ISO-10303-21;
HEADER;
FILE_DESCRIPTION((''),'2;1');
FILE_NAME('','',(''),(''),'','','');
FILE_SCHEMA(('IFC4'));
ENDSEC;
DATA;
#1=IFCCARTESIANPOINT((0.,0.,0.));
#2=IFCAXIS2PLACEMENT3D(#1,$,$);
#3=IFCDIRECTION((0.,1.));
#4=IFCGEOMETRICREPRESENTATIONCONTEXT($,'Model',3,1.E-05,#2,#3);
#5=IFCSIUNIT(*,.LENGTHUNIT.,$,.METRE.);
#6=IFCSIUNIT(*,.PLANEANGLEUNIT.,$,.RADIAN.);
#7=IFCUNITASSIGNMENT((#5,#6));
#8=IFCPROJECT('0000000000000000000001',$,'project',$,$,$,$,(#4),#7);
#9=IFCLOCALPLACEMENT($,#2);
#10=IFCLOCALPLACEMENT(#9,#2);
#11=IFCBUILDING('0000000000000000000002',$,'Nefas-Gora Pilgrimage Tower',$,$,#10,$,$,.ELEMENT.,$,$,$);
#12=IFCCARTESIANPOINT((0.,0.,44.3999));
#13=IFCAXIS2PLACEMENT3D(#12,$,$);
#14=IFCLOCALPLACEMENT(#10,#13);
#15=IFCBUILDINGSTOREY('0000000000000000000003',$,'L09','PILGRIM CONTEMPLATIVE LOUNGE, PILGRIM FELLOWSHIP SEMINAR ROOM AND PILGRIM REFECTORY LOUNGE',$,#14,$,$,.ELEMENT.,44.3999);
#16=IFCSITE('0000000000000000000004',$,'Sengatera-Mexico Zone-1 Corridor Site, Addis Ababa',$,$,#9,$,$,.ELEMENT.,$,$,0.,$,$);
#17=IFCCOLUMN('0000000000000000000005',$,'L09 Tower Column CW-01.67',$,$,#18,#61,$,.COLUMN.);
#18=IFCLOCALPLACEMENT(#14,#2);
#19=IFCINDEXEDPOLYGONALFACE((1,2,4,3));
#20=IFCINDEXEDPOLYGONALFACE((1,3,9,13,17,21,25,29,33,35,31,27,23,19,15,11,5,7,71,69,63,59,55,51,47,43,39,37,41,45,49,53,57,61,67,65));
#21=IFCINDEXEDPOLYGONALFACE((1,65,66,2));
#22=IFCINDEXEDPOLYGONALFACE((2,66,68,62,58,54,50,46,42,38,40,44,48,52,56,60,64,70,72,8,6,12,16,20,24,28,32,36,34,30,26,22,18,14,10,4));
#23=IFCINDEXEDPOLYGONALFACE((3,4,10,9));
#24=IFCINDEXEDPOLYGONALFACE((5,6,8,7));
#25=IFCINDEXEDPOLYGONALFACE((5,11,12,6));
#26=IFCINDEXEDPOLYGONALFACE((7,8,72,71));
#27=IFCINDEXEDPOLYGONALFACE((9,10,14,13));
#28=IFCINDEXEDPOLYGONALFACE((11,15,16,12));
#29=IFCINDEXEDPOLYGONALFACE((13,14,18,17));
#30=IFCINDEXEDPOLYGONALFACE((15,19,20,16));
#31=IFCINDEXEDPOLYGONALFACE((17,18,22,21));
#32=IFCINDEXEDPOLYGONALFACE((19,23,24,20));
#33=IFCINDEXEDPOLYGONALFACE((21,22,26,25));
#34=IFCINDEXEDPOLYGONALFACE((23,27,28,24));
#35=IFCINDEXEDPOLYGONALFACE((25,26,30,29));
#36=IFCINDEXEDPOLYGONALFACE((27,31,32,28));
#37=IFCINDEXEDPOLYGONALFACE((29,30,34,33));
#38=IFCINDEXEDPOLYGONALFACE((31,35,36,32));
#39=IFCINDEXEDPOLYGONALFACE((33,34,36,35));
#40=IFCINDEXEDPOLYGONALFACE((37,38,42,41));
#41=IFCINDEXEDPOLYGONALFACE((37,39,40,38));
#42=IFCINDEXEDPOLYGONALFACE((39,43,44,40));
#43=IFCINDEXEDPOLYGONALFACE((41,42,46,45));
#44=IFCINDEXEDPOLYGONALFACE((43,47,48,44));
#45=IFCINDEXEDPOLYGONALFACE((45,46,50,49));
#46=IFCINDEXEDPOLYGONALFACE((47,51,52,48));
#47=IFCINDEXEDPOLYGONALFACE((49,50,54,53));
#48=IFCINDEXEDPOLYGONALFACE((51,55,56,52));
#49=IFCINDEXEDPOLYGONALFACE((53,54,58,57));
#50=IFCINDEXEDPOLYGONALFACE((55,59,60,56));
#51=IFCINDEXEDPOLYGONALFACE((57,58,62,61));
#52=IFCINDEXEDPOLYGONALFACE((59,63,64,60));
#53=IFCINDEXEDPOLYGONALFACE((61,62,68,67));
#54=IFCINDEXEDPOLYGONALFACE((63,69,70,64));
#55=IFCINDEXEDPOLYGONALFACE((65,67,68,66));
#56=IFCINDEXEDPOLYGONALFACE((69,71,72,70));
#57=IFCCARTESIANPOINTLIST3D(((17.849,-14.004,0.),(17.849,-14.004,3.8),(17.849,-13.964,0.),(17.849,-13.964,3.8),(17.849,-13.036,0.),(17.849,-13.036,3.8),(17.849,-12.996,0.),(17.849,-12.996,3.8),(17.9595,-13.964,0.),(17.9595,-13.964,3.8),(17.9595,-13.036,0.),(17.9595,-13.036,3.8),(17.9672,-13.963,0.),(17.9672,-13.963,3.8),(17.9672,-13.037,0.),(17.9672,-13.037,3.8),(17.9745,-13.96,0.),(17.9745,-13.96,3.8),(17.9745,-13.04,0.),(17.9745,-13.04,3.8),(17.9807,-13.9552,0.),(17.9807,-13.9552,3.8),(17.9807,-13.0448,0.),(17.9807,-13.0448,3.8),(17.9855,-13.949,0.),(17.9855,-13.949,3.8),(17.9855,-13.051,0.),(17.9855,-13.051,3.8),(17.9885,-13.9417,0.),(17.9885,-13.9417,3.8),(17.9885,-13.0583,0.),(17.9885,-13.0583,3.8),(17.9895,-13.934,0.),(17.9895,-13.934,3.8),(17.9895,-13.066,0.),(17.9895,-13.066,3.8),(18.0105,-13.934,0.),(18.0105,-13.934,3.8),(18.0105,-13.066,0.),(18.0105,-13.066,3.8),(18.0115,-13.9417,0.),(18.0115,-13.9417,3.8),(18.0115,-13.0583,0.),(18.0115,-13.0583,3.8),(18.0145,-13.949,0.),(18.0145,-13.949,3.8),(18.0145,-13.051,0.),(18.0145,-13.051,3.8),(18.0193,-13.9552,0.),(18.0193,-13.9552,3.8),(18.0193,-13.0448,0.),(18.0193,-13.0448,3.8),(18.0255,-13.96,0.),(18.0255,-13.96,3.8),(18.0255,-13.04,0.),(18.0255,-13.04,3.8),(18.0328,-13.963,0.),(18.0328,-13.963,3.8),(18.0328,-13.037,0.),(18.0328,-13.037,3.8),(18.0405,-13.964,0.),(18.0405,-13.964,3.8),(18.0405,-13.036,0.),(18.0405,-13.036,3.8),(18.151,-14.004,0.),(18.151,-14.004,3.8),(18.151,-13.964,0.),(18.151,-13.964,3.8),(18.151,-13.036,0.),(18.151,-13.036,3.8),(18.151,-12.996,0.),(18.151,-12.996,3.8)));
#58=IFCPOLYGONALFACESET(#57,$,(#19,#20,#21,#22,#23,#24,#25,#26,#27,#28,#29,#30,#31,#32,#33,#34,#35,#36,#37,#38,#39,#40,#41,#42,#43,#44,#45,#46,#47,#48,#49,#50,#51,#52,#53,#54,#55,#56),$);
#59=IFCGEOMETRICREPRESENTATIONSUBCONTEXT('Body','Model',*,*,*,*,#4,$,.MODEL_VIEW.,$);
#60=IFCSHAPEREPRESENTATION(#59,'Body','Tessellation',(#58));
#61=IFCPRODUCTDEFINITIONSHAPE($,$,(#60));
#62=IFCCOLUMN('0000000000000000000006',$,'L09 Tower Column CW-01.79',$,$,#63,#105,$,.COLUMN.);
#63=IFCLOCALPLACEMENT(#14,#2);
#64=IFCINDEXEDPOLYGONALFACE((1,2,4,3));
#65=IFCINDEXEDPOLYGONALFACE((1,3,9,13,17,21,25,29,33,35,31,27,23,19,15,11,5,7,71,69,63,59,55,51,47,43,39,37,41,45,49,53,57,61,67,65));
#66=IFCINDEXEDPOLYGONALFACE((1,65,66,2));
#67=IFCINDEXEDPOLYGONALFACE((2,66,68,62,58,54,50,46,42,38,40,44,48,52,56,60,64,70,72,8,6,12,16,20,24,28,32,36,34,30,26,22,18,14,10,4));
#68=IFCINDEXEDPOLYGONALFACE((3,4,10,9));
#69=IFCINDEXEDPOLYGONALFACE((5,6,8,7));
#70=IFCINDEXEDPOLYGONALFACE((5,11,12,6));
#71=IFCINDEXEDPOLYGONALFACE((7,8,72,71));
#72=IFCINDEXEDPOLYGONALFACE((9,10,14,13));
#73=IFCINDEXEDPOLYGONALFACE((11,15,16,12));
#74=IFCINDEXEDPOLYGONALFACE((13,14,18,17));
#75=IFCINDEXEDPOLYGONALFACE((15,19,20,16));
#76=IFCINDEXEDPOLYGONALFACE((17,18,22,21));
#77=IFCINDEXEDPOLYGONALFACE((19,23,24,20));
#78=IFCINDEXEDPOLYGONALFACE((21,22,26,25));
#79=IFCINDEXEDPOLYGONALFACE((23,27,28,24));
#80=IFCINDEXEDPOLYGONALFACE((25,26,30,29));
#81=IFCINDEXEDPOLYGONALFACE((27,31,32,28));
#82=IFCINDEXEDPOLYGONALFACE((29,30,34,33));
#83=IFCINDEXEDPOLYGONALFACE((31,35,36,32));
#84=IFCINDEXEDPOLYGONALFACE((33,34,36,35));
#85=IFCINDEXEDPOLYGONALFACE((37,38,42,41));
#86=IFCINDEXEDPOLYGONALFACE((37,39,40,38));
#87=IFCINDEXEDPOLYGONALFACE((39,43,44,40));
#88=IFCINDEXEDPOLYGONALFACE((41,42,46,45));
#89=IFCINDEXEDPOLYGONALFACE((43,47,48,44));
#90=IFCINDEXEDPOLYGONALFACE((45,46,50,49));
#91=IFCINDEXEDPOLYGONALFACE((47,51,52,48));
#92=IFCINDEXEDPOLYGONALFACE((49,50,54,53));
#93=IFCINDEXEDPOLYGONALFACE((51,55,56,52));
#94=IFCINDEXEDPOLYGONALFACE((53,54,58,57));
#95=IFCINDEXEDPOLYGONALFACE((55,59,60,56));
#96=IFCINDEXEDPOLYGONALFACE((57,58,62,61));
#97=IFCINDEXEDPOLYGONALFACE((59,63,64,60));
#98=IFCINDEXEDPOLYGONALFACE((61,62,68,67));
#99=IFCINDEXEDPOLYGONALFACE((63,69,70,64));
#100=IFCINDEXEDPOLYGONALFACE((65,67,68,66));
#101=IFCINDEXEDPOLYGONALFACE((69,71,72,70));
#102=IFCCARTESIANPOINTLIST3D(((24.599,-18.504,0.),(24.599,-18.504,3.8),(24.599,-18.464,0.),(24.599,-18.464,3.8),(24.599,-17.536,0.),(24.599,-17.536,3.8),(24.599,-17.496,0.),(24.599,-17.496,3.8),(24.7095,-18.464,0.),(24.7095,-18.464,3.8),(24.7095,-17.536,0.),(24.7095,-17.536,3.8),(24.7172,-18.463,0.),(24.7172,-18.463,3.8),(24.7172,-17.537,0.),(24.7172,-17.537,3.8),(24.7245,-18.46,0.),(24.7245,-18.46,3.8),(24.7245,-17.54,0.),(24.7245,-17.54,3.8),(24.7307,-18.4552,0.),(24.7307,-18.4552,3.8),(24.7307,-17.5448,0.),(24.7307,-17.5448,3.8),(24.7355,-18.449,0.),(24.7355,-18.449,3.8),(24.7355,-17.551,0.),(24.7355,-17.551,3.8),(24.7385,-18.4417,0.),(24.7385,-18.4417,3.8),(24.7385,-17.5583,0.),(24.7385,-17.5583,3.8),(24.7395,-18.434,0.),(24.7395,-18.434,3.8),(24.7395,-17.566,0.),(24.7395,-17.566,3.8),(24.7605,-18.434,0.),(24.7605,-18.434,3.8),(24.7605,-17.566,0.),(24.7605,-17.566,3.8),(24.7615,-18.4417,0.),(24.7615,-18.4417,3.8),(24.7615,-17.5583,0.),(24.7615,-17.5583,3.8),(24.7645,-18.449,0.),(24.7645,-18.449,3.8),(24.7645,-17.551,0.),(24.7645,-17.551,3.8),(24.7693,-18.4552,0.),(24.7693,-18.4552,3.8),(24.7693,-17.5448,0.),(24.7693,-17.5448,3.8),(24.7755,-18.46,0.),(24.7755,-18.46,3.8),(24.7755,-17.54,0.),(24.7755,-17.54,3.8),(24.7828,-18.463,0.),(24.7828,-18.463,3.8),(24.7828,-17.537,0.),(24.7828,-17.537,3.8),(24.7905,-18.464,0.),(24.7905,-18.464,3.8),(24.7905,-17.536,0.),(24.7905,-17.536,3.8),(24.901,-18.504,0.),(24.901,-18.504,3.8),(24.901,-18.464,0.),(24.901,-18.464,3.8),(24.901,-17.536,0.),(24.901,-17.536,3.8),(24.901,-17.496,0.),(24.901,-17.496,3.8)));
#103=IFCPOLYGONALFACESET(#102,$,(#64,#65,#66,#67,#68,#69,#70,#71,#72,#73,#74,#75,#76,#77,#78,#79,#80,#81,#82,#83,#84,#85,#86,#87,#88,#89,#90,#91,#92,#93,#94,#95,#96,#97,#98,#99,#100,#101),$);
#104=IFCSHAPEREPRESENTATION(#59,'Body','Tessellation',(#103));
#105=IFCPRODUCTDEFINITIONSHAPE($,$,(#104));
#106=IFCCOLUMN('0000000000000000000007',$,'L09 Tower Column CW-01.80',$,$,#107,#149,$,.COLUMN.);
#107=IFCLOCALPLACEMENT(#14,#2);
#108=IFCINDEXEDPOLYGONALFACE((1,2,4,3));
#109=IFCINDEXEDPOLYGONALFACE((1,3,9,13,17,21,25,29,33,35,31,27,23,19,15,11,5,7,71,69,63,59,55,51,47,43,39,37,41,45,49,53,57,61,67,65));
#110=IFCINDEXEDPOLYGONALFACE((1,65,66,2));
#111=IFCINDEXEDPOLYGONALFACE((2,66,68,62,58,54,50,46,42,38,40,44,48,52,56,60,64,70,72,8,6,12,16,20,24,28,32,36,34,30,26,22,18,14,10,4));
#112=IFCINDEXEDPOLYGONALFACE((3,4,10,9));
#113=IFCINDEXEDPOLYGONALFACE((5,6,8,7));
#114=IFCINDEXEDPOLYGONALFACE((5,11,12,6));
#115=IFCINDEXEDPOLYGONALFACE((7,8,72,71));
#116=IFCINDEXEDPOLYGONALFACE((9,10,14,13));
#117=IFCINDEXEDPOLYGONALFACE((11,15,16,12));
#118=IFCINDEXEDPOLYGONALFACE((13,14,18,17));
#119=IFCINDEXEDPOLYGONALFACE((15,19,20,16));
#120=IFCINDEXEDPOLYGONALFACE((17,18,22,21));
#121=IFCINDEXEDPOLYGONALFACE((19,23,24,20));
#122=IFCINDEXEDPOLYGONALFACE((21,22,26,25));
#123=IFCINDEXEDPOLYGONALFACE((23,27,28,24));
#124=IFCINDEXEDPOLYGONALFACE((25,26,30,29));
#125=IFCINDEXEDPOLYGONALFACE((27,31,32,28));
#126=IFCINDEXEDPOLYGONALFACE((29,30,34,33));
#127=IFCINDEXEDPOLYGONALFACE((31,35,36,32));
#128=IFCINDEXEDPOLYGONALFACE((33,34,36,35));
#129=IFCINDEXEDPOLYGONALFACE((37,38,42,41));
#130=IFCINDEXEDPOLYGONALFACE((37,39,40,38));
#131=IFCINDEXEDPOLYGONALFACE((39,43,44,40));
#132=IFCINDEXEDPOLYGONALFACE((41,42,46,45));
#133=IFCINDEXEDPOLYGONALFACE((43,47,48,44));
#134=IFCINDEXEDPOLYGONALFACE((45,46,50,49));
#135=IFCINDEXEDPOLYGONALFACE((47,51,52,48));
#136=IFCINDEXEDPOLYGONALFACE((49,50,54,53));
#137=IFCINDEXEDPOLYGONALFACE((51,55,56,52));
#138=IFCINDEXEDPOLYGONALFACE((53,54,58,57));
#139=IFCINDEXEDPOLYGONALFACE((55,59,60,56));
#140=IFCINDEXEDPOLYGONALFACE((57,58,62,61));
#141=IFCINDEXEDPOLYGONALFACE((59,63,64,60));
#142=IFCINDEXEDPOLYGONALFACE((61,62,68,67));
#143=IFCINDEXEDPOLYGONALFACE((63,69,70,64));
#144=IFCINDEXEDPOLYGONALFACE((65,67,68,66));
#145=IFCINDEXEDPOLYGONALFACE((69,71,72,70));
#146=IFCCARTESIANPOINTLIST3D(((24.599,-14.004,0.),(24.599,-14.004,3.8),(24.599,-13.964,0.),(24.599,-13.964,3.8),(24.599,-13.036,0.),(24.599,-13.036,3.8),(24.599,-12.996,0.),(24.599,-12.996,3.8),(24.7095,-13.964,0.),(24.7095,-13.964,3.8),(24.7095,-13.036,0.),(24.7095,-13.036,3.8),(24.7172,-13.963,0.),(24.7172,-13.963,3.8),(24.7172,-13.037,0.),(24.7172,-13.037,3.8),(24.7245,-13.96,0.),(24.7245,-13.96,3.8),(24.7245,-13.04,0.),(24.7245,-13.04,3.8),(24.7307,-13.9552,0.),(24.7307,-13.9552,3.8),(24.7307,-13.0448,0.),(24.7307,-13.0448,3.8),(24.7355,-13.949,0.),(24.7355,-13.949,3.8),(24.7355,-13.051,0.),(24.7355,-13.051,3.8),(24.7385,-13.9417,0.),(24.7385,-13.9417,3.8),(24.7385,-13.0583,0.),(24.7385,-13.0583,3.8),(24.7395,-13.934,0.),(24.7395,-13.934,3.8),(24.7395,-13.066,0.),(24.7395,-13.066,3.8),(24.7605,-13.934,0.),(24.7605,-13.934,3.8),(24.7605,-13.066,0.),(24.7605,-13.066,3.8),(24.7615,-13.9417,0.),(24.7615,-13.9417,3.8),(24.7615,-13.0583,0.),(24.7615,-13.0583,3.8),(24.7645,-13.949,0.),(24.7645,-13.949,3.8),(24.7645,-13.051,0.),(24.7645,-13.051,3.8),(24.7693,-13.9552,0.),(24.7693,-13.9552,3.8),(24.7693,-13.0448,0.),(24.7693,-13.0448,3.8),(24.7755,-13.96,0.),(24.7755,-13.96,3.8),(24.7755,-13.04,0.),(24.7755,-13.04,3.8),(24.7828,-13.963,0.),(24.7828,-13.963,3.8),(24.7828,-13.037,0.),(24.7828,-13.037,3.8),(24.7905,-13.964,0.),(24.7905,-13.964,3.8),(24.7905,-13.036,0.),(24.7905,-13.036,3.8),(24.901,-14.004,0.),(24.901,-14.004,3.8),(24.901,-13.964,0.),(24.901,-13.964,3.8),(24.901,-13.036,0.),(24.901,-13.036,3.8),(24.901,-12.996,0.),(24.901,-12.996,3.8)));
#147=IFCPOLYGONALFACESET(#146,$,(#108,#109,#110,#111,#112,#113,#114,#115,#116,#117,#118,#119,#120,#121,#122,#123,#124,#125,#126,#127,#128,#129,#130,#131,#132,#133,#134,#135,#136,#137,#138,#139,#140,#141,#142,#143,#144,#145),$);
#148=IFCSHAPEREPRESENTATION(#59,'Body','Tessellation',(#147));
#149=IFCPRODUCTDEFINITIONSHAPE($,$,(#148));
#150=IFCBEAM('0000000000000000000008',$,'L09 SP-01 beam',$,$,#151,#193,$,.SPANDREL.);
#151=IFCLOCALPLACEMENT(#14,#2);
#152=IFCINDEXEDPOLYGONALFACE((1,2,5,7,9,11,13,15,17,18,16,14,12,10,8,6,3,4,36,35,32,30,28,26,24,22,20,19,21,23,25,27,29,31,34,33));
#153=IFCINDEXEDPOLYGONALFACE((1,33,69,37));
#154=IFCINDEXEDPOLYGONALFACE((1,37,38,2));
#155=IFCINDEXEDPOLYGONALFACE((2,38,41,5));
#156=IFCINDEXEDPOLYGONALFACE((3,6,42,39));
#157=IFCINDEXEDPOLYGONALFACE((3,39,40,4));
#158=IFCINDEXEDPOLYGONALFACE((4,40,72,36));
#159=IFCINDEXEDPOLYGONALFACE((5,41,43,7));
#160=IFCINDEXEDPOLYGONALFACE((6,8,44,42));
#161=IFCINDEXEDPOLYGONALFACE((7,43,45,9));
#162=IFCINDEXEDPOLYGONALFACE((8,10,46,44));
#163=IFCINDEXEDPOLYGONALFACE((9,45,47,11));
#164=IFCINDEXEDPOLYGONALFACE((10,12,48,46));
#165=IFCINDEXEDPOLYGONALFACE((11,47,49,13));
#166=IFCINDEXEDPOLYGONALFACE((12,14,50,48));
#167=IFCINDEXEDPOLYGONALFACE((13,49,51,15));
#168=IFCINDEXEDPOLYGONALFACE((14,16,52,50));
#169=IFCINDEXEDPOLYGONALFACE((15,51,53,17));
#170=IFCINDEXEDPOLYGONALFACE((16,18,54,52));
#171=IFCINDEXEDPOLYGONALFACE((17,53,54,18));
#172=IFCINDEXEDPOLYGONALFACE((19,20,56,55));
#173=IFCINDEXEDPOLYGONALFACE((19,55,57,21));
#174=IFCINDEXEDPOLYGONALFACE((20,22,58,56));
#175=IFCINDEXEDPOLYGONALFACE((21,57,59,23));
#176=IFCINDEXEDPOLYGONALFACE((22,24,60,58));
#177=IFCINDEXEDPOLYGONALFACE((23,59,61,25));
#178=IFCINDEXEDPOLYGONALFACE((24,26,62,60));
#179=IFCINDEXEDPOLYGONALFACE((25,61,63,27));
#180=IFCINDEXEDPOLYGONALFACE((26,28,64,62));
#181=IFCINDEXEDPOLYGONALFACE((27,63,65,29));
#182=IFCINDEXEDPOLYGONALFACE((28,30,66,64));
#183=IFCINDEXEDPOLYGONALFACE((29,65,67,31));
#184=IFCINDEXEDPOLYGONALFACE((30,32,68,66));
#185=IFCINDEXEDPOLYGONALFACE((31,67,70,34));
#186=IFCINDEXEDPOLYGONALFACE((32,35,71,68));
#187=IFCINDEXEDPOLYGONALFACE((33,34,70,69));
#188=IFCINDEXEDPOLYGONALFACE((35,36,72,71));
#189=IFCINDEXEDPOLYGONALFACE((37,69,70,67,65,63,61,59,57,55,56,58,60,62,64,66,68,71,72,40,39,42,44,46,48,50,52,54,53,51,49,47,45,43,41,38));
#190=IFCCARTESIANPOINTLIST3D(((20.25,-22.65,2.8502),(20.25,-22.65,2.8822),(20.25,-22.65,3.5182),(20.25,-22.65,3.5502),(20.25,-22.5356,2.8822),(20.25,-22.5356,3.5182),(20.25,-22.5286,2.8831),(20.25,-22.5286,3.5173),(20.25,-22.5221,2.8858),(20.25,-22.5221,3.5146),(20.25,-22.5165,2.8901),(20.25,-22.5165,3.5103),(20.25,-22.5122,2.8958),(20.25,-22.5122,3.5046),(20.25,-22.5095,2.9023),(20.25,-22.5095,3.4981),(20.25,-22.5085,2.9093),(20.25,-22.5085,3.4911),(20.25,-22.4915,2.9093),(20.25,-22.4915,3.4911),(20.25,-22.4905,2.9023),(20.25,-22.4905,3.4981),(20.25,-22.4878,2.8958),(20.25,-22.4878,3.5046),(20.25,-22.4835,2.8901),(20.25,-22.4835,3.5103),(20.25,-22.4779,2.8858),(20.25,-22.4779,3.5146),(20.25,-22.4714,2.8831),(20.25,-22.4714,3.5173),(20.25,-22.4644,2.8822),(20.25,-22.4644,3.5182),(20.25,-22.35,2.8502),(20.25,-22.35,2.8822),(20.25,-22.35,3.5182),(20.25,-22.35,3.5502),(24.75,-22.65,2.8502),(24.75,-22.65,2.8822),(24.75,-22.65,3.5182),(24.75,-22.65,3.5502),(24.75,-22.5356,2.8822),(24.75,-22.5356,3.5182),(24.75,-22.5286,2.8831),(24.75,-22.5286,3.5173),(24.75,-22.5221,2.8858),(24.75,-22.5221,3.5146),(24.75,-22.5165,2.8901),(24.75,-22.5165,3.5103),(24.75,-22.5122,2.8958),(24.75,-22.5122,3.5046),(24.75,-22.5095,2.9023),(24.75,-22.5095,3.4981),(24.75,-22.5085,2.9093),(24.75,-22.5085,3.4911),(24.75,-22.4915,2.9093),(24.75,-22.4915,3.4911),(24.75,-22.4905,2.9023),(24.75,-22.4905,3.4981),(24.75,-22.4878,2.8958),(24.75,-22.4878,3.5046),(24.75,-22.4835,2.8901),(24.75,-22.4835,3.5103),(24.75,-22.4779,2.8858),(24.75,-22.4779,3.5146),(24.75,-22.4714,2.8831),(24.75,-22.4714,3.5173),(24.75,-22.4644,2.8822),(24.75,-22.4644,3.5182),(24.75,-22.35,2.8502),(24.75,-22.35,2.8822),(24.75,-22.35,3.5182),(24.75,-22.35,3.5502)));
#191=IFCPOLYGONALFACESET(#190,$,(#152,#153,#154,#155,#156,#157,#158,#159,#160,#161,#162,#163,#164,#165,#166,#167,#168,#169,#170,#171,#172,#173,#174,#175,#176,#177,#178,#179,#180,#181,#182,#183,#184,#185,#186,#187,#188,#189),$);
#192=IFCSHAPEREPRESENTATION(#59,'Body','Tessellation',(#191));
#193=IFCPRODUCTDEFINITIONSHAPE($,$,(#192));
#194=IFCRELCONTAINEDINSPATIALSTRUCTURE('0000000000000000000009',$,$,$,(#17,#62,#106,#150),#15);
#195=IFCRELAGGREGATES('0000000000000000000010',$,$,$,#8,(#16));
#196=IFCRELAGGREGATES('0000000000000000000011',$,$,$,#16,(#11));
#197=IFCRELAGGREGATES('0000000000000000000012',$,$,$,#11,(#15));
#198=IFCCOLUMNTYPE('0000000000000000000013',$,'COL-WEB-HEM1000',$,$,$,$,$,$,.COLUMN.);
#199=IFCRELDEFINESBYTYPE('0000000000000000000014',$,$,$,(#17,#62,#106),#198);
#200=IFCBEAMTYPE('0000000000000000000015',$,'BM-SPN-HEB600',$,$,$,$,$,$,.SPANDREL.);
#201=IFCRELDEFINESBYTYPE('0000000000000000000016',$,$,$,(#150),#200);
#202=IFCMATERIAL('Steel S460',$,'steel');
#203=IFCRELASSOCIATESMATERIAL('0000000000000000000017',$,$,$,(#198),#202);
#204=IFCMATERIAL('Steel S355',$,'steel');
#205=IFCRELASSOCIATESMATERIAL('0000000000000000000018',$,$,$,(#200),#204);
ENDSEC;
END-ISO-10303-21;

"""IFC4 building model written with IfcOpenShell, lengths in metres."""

from ifc_helpers import new_model, si_unit, direction, frame, origin, origin_2d, place, context, subcontext, project, spatial, i_section, extrude, source, transform, mapped, material, material_profile, profile_set, type_object, element, save


model = new_model("IFC4")

# Units and contexts
model_context = context("Model", 3, precision=1e-05, world=origin(), true_north=direction((0.0, 1.0)))
body_context = subcontext(model_context, "Body", "Model", "MODEL_VIEW")
ifc_project = project(units=[si_unit("LENGTHUNIT", "METRE"), si_unit("PLANEANGLEUNIT", "RADIAN")], contexts=[model_context])

# Site, building, storey
site_placement = place(None, origin())
site = spatial("IfcSite", under=ifc_project, at=site_placement, Name="Sengatera-Mexico Zone-1 Corridor Site, Addis Ababa", CompositionType="ELEMENT", RefElevation=0.0)
building_placement = place(site_placement, origin())
building = spatial("IfcBuilding", under=site, at=building_placement, Name="Nefas-Gora Pilgrimage Tower", CompositionType="ELEMENT")
storey_placement = place(building_placement, frame((0.0, 0.0, 44.3999)))
storey = spatial("IfcBuildingStorey", under=building, at=storey_placement, Name="L09", Description="PILGRIM CONTEMPLATIVE LOUNGE, PILGRIM FELLOWSHIP SEMINAR ROOM AND PILGRIM REFECTORY LOUNGE", CompositionType="ELEMENT", Elevation=44.3999)

# Columns
ifc_material_1 = material(Name="Steel S460", Category="steel")
ifc_material_profile_1 = material_profile(ifc_material_1, i_section(OverallWidth=0.302, OverallDepth=1.0081, WebThickness=0.021, FlangeThickness=0.04, FilletRadius=0.03, at=origin_2d()), Name="HEM 1000")
ifc_profile_set_1 = profile_set([ifc_material_profile_1], Name="Steel S460")
column_type_1 = type_object("IfcColumnType", Name="COL-WEB-HEM1000", PredefinedType="COLUMN", material=ifc_profile_set_1)
shared_shape_1 = source(origin(), body_context, "Body", "SweptSolid", [
    extrude(i_section(OverallWidth=0.302, OverallDepth=1.0081, WebThickness=0.021, FlangeThickness=0.04, FilletRadius=0.03, at=origin_2d()), origin(), (0.0, 0.0, 1.0), 3.8),
])
for number, where, z_axis, x_axis, name in (
    (1, (18.0, -13.5, 0.0), (0.0, 0.0, 1.0), (1.0, 0.0, 0.0), "L09 Tower Column CW-01.67"),
    (2, (24.75, -18.0, 0.0), (0.0, 0.0, 1.0), (1.0, 0.0, 0.0), "L09 Tower Column CW-01.79"),
    (3, (24.75, -13.5, 0.0), (0.0, 0.0, 1.0), (1.0, 0.0, 0.0), "L09 Tower Column CW-01.80"),
):
    element("IfcColumn", number, at=place(storey_placement, frame(where, z_axis=z_axis, x_axis=x_axis)), inside=storey, type_object=column_type_1, Name=name, PredefinedType="COLUMN", context=body_context, shape_type="MappedRepresentation", body=[
        mapped(shared_shape_1, transform((0.0, 0.0, 0.0), x_axis=(1.0, 0.0, 0.0), y_axis=(0.0, 1.0, 0.0), z_axis=(0.0, 0.0, 1.0), scale=1.0)),
    ])

# Beam
ifc_material_2 = material(Name="Steel S355", Category="steel")
ifc_material_profile_2 = material_profile(ifc_material_2, i_section(OverallWidth=0.3, OverallDepth=0.7, WebThickness=0.0171, FlangeThickness=0.032, FilletRadius=0.0271, at=origin_2d()), Name="HEB 700")
ifc_profile_set_2 = profile_set([ifc_material_profile_2], Name="Steel S355")
beam_type_1 = type_object("IfcBeamType", Name="BM-SPN-HEB600", PredefinedType="SPANDREL", material=ifc_profile_set_2)
shared_shape_2 = source(origin(), body_context, "Body", "SweptSolid", [
    extrude(i_section(OverallWidth=0.3, OverallDepth=0.7, WebThickness=0.0171, FlangeThickness=0.032, FilletRadius=0.0271, at=origin_2d()), origin(), (0.0, 0.0, 1.0), 4.5),
])
for number, where, z_axis, x_axis, name in (
    (4, (20.25, -22.5, 3.2002), (1.0, 0.0, 0.0), (0.0, 1.0, 0.0), "L09 SP-01 beam"),
):
    element("IfcBeam", number, at=place(storey_placement, frame(where, z_axis=z_axis, x_axis=x_axis)), inside=storey, type_object=beam_type_1, Name=name, PredefinedType="SPANDREL", context=body_context, shape_type="MappedRepresentation", body=[
        mapped(shared_shape_2, transform((0.0, 0.0, 0.0), x_axis=(1.0, 0.0, 0.0), y_axis=(0.0, 1.0, 0.0), z_axis=(0.0, 0.0, 1.0), scale=1.0)),
    ])

save(model, "model.ifc")
